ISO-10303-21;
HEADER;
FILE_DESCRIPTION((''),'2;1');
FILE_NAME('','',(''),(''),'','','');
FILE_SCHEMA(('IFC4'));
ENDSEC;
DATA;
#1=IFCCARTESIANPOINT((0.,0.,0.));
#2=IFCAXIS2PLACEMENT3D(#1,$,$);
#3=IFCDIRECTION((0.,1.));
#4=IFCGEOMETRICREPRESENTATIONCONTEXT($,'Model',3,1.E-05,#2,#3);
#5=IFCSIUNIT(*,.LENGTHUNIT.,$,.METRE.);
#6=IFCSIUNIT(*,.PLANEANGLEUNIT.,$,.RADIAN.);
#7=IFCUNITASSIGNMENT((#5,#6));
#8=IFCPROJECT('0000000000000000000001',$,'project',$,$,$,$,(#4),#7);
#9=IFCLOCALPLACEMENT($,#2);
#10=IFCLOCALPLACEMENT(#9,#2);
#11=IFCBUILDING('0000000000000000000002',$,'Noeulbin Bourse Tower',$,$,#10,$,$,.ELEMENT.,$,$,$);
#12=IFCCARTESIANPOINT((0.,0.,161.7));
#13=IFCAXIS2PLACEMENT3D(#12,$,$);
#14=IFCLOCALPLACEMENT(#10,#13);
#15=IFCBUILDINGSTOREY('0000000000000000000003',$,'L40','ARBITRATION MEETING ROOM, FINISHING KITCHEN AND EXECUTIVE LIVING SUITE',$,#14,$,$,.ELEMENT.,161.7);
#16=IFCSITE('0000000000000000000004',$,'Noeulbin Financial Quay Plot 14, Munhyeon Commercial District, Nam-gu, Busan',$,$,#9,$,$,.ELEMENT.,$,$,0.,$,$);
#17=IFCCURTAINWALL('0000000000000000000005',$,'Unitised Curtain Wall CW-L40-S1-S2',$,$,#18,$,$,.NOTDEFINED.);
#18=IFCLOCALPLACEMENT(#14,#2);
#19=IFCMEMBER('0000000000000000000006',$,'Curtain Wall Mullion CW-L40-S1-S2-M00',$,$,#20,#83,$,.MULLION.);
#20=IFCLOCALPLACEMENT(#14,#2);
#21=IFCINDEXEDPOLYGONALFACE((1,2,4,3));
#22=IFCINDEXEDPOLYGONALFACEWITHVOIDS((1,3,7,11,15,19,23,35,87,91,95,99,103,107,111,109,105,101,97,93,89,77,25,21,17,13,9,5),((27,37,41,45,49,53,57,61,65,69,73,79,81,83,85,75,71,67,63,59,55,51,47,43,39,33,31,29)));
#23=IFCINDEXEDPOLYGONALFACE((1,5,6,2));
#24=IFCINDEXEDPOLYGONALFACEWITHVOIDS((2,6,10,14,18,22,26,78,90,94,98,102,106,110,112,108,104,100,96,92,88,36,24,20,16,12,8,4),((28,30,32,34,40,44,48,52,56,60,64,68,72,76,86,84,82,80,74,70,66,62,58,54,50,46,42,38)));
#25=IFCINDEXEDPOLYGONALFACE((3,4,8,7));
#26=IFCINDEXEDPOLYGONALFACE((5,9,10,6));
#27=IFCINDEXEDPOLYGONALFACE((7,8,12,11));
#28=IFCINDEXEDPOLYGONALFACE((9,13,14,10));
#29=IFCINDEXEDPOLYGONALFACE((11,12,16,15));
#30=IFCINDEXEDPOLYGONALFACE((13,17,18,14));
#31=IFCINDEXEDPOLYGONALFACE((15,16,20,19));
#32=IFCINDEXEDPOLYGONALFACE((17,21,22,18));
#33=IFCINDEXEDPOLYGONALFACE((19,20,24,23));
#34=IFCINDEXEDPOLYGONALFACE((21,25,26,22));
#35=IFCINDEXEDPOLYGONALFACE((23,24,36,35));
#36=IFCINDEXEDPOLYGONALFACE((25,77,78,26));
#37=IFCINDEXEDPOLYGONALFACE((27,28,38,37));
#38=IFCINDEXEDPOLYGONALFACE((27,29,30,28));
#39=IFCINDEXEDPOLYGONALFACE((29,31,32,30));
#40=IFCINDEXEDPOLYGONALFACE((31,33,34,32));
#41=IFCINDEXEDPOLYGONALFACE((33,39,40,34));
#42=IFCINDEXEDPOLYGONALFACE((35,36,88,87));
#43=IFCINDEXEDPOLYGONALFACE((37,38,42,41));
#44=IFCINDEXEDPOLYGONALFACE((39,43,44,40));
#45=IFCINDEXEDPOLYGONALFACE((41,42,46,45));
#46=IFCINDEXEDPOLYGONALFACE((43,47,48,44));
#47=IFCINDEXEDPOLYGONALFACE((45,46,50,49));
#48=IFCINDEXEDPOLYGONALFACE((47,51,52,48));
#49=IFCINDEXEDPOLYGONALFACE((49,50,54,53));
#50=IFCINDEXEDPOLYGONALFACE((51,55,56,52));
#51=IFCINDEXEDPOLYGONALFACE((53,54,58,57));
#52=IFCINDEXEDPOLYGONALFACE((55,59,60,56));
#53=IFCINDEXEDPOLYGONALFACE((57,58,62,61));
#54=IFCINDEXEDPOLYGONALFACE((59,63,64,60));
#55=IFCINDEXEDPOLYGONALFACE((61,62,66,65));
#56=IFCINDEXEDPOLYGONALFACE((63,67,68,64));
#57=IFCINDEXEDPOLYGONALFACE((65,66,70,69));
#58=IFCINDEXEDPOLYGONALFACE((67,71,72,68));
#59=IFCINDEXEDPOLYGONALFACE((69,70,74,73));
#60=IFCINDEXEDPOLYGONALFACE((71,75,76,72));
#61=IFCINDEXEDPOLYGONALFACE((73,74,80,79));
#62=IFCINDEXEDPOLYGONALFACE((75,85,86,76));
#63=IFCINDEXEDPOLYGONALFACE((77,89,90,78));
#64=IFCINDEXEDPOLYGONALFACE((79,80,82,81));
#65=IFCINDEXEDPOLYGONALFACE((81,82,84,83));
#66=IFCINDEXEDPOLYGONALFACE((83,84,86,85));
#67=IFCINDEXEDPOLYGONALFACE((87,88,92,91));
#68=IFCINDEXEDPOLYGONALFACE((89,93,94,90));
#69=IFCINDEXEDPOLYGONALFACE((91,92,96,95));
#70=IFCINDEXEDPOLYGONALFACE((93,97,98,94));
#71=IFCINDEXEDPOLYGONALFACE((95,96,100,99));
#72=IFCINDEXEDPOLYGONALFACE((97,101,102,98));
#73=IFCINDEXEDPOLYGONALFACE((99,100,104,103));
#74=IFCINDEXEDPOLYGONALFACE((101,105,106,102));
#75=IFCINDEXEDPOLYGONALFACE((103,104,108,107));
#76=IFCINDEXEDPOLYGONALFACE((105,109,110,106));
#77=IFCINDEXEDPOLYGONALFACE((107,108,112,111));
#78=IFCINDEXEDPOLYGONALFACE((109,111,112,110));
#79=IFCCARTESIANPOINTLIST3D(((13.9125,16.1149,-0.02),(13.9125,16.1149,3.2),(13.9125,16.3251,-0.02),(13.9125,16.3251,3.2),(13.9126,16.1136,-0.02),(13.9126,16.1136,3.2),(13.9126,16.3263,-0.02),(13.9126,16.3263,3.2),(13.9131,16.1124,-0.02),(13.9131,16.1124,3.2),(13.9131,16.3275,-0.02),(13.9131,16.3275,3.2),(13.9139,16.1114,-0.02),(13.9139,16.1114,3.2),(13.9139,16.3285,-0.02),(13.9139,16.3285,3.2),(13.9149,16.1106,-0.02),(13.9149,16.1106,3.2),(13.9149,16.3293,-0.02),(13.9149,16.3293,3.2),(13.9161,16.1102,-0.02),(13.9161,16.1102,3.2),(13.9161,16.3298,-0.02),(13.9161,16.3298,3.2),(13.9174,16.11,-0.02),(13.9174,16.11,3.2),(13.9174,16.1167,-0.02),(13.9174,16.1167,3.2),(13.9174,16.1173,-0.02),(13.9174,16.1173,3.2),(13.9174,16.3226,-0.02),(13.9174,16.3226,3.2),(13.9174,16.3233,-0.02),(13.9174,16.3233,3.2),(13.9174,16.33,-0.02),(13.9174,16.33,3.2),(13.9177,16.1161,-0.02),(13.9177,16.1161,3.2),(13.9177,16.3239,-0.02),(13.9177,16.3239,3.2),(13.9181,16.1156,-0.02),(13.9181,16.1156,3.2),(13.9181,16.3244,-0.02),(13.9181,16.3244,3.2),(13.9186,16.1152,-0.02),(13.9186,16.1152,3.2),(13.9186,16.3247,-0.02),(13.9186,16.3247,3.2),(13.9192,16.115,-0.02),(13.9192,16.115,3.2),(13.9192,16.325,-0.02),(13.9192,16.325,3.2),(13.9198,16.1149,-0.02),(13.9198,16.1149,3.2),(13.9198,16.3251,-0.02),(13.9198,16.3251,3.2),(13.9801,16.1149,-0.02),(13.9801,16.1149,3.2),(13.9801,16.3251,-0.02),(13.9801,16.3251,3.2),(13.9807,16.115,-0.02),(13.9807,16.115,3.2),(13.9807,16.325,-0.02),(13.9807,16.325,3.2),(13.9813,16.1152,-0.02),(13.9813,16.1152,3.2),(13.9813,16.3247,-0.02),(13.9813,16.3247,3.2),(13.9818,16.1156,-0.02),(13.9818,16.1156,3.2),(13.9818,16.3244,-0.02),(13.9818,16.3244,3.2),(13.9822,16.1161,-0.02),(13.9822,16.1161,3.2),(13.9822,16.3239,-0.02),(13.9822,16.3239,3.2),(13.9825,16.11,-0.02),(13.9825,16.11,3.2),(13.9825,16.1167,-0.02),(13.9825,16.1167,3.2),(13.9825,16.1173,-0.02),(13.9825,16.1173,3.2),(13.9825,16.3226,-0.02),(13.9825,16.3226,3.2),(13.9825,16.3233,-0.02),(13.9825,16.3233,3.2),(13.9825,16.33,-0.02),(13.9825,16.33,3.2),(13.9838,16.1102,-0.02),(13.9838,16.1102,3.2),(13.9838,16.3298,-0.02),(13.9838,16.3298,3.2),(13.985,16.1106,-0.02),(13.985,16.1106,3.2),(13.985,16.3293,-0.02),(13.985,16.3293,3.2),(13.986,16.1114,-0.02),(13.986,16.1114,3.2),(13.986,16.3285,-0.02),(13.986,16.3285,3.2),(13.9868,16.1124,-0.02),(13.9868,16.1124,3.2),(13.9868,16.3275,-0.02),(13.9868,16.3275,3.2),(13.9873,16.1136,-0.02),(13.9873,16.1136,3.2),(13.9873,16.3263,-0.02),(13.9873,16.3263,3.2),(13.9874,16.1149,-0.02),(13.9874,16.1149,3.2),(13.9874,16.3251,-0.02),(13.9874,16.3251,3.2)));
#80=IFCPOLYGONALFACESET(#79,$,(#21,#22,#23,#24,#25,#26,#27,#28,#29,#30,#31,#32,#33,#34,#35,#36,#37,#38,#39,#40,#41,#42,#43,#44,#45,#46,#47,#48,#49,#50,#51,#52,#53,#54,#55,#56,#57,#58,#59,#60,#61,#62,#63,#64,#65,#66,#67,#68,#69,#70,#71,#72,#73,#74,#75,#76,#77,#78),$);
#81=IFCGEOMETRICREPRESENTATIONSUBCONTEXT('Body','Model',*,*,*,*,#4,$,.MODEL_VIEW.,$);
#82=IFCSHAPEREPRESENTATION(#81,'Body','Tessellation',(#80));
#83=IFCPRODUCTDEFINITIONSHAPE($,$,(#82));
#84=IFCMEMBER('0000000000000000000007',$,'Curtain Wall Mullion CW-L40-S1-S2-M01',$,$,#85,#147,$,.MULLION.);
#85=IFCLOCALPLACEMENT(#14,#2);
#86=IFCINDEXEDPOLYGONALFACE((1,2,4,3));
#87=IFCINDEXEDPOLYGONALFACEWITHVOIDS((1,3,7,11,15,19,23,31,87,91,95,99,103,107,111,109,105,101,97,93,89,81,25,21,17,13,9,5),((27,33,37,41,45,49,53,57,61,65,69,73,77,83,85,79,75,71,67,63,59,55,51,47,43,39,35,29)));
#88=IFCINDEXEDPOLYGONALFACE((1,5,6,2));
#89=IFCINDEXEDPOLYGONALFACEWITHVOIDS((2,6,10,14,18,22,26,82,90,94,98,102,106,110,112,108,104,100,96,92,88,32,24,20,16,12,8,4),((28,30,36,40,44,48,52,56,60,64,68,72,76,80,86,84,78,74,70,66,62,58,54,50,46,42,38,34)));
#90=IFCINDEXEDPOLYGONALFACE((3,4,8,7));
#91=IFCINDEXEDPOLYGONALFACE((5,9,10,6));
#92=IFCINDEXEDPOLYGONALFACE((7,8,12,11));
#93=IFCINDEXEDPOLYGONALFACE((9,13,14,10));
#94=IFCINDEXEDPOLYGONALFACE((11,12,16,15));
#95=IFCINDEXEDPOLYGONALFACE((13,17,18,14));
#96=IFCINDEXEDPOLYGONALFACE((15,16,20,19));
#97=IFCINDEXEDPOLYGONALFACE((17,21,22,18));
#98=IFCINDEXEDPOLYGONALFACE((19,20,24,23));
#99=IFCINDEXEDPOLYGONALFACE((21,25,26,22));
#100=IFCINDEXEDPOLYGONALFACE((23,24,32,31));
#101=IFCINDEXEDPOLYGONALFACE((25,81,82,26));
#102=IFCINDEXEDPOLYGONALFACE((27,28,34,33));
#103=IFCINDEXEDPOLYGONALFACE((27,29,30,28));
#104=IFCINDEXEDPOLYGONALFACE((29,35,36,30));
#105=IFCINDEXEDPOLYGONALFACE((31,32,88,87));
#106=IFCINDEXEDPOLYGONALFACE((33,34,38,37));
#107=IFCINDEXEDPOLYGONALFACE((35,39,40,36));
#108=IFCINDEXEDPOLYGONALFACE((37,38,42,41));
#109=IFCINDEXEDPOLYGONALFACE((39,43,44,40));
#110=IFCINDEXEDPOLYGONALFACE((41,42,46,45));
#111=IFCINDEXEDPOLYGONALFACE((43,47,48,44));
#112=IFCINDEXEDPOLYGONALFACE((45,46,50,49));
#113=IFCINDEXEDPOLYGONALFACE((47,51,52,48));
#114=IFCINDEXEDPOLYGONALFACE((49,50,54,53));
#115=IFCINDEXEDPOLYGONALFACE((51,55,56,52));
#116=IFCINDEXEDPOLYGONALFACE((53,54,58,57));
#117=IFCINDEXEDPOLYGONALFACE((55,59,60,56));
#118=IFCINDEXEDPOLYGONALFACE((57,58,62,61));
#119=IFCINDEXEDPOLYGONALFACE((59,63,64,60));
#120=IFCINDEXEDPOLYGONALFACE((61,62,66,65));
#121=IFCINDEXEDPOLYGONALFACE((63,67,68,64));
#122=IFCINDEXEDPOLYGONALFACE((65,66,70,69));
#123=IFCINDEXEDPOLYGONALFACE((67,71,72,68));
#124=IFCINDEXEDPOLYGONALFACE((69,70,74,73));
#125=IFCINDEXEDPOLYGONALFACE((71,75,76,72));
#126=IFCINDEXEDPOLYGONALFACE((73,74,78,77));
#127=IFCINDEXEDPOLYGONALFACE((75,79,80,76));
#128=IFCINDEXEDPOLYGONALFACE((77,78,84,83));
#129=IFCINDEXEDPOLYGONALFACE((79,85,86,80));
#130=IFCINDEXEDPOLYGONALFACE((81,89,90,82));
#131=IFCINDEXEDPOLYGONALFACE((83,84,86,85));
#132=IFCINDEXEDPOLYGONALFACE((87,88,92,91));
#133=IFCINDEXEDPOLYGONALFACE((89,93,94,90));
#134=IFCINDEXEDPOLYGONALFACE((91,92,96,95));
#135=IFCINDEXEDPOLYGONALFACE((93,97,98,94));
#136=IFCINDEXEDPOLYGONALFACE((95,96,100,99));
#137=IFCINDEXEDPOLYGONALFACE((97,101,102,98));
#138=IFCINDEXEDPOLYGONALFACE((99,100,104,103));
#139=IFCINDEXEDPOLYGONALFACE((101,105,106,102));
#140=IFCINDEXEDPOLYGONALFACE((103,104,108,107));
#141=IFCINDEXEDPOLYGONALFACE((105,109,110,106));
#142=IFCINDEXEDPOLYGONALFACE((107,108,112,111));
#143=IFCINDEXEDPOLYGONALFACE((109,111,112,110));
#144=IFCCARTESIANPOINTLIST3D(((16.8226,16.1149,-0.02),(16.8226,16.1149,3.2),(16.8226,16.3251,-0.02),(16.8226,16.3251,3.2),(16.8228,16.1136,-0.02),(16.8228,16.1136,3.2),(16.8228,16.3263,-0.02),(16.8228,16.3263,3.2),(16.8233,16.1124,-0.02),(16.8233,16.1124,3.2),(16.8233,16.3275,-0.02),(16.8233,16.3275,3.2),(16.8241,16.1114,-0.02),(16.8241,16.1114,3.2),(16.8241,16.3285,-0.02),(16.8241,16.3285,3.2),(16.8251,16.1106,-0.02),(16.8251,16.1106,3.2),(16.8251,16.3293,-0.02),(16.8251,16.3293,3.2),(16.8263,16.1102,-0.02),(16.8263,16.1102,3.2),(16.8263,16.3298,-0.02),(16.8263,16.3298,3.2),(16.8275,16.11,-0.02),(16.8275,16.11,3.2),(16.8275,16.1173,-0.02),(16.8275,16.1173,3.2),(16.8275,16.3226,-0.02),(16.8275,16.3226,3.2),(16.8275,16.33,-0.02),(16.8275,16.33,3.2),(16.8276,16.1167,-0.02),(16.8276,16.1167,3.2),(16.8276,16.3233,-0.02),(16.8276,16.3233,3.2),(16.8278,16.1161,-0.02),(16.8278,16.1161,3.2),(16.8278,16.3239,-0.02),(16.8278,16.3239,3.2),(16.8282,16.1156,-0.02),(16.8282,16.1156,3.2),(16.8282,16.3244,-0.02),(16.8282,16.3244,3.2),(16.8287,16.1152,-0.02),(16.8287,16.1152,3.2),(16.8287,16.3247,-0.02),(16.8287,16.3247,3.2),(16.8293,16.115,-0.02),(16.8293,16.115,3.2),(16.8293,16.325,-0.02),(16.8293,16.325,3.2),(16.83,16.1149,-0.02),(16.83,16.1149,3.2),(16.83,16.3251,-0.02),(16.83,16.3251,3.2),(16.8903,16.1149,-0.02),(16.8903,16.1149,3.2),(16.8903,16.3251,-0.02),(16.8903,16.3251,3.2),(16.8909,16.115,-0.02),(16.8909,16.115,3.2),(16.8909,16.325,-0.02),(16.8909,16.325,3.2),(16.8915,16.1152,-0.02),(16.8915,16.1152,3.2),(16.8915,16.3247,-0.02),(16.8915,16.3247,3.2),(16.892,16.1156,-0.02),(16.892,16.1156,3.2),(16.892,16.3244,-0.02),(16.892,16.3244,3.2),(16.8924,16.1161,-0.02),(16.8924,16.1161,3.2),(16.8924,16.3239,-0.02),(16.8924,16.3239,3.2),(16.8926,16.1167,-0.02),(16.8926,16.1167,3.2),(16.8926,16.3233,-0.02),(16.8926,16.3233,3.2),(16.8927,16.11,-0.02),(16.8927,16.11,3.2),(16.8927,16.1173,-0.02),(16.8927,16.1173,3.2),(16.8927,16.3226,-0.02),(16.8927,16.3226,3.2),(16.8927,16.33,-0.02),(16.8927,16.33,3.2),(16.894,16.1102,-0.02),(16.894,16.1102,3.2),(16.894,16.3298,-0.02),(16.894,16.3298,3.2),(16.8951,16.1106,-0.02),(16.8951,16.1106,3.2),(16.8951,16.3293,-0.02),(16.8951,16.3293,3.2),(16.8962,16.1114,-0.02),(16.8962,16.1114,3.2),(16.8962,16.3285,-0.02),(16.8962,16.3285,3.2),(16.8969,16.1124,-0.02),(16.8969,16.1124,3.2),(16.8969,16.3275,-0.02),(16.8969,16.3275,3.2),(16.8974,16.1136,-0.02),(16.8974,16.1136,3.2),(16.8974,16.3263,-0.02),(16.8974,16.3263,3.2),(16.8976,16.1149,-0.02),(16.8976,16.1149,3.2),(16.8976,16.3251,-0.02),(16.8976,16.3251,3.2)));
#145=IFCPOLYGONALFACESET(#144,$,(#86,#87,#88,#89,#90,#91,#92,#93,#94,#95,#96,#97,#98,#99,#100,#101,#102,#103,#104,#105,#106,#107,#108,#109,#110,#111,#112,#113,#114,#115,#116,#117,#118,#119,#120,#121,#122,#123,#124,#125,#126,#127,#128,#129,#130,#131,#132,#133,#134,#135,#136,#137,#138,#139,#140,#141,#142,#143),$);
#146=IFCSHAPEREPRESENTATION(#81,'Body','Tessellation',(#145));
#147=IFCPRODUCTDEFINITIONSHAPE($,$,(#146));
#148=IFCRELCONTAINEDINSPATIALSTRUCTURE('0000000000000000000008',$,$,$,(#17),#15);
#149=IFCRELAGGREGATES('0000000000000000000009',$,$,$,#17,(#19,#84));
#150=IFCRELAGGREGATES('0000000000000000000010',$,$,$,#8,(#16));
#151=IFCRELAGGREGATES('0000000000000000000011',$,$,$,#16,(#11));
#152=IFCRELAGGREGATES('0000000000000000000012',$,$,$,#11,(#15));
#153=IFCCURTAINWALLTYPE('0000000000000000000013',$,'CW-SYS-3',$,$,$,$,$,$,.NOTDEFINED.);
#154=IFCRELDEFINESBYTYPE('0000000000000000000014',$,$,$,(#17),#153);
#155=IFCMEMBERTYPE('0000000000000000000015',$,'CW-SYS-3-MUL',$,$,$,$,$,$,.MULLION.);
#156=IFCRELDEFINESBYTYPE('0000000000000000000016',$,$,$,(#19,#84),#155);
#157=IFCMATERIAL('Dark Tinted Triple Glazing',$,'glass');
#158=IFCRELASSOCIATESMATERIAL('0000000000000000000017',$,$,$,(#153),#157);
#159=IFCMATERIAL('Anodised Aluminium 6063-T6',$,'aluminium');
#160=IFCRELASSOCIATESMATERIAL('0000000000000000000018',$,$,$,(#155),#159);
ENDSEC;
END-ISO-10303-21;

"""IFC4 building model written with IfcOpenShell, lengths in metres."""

from ifc_helpers import new_model, si_unit, direction, frame, origin, origin_2d, place, context, subcontext, project, spatial, hollow_rectangle, extrude, material, material_profile, profile_set, type_object, element, aggregate, save


model = new_model("IFC4")

# Units and contexts
model_context = context("Model", 3, precision=1e-05, world=origin(), true_north=direction((0.0, 1.0)))
body_context = subcontext(model_context, "Body", "Model", "MODEL_VIEW")
ifc_project = project(units=[si_unit("LENGTHUNIT", "METRE"), si_unit("PLANEANGLEUNIT", "RADIAN")], contexts=[model_context])

# Site, building, storey
site_placement = place(None, origin())
site = spatial("IfcSite", under=ifc_project, at=site_placement, Name="Noeulbin Financial Quay Plot 14, Munhyeon Commercial District, Nam-gu, Busan", CompositionType="ELEMENT", RefElevation=0.0)
building_placement = place(site_placement, origin())
building = spatial("IfcBuilding", under=site, at=building_placement, Name="Noeulbin Bourse Tower", CompositionType="ELEMENT")
storey_placement = place(building_placement, frame((0.0, 0.0, 161.7)))
storey = spatial("IfcBuildingStorey", under=building, at=storey_placement, Name="L40", Description="ARBITRATION MEETING ROOM, FINISHING KITCHEN AND EXECUTIVE LIVING SUITE", CompositionType="ELEMENT", Elevation=161.7)

# Curtain wall, members
ifc_material_1 = material(Name="Dark Tinted Triple Glazing", Category="glass")
curtain_wall_type = type_object("IfcCurtainWallType", Name="CW-SYS-3", PredefinedType="NOTDEFINED", material=ifc_material_1)
ifc_material_2 = material(Name="Anodised Aluminium 6063-T6", Category="aluminium")
ifc_material_profile_1 = material_profile(ifc_material_2, hollow_rectangle(XDim=0.075, YDim=0.22, WallThickness=0.0049, InnerFilletRadius=0.0024, OuterFilletRadius=0.0049, at=origin_2d()), Name="ALU-MULL-75x220x5", Category="LoadBearing")
ifc_profile_set_1 = profile_set([ifc_material_profile_1], Name="Anodised Aluminium 6063-T6")
member_type_1 = type_object("IfcMemberType", Name="CW-SYS-3-MUL", PredefinedType="MULLION", material=ifc_profile_set_1)
curtain_wall_1_placement = place(storey_placement, origin())
curtain_wall_1 = element("IfcCurtainWall", 1, at=curtain_wall_1_placement, inside=storey, type_object=curtain_wall_type, Name="Unitised Curtain Wall CW-L40-S1-S2", PredefinedType="NOTDEFINED")
member_1_placement = place(storey_placement, frame((13.95, 16.22, -0.02), z_axis=(0.0, 0.0, 1.0), x_axis=(1.0, 0.0, 0.0)))
member_1 = element("IfcMember", 2, at=member_1_placement, type_object=member_type_1, Name="Curtain Wall Mullion CW-L40-S1-S2-M00", PredefinedType="MULLION", context=body_context, shape_type="SweptSolid", body=[
    extrude(hollow_rectangle(XDim=0.075, YDim=0.22, WallThickness=0.0049, InnerFilletRadius=0.0024, OuterFilletRadius=0.0049, at=origin_2d()), origin(), (0.0, 0.0, 1.0), 3.22),
])
member_2_placement = place(storey_placement, frame((16.8601, 16.22, -0.02), z_axis=(0.0, 0.0, 1.0), x_axis=(1.0, 0.0, 0.0)))
member_2 = element("IfcMember", 3, at=member_2_placement, type_object=member_type_1, Name="Curtain Wall Mullion CW-L40-S1-S2-M01", PredefinedType="MULLION", context=body_context, shape_type="SweptSolid", body=[
    extrude(hollow_rectangle(XDim=0.075, YDim=0.22, WallThickness=0.0049, InnerFilletRadius=0.0024, OuterFilletRadius=0.0049, at=origin_2d()), origin(), (0.0, 0.0, 1.0), 3.22),
])

aggregate(curtain_wall_1, [member_1, member_2])

save(model, "model.ifc")
